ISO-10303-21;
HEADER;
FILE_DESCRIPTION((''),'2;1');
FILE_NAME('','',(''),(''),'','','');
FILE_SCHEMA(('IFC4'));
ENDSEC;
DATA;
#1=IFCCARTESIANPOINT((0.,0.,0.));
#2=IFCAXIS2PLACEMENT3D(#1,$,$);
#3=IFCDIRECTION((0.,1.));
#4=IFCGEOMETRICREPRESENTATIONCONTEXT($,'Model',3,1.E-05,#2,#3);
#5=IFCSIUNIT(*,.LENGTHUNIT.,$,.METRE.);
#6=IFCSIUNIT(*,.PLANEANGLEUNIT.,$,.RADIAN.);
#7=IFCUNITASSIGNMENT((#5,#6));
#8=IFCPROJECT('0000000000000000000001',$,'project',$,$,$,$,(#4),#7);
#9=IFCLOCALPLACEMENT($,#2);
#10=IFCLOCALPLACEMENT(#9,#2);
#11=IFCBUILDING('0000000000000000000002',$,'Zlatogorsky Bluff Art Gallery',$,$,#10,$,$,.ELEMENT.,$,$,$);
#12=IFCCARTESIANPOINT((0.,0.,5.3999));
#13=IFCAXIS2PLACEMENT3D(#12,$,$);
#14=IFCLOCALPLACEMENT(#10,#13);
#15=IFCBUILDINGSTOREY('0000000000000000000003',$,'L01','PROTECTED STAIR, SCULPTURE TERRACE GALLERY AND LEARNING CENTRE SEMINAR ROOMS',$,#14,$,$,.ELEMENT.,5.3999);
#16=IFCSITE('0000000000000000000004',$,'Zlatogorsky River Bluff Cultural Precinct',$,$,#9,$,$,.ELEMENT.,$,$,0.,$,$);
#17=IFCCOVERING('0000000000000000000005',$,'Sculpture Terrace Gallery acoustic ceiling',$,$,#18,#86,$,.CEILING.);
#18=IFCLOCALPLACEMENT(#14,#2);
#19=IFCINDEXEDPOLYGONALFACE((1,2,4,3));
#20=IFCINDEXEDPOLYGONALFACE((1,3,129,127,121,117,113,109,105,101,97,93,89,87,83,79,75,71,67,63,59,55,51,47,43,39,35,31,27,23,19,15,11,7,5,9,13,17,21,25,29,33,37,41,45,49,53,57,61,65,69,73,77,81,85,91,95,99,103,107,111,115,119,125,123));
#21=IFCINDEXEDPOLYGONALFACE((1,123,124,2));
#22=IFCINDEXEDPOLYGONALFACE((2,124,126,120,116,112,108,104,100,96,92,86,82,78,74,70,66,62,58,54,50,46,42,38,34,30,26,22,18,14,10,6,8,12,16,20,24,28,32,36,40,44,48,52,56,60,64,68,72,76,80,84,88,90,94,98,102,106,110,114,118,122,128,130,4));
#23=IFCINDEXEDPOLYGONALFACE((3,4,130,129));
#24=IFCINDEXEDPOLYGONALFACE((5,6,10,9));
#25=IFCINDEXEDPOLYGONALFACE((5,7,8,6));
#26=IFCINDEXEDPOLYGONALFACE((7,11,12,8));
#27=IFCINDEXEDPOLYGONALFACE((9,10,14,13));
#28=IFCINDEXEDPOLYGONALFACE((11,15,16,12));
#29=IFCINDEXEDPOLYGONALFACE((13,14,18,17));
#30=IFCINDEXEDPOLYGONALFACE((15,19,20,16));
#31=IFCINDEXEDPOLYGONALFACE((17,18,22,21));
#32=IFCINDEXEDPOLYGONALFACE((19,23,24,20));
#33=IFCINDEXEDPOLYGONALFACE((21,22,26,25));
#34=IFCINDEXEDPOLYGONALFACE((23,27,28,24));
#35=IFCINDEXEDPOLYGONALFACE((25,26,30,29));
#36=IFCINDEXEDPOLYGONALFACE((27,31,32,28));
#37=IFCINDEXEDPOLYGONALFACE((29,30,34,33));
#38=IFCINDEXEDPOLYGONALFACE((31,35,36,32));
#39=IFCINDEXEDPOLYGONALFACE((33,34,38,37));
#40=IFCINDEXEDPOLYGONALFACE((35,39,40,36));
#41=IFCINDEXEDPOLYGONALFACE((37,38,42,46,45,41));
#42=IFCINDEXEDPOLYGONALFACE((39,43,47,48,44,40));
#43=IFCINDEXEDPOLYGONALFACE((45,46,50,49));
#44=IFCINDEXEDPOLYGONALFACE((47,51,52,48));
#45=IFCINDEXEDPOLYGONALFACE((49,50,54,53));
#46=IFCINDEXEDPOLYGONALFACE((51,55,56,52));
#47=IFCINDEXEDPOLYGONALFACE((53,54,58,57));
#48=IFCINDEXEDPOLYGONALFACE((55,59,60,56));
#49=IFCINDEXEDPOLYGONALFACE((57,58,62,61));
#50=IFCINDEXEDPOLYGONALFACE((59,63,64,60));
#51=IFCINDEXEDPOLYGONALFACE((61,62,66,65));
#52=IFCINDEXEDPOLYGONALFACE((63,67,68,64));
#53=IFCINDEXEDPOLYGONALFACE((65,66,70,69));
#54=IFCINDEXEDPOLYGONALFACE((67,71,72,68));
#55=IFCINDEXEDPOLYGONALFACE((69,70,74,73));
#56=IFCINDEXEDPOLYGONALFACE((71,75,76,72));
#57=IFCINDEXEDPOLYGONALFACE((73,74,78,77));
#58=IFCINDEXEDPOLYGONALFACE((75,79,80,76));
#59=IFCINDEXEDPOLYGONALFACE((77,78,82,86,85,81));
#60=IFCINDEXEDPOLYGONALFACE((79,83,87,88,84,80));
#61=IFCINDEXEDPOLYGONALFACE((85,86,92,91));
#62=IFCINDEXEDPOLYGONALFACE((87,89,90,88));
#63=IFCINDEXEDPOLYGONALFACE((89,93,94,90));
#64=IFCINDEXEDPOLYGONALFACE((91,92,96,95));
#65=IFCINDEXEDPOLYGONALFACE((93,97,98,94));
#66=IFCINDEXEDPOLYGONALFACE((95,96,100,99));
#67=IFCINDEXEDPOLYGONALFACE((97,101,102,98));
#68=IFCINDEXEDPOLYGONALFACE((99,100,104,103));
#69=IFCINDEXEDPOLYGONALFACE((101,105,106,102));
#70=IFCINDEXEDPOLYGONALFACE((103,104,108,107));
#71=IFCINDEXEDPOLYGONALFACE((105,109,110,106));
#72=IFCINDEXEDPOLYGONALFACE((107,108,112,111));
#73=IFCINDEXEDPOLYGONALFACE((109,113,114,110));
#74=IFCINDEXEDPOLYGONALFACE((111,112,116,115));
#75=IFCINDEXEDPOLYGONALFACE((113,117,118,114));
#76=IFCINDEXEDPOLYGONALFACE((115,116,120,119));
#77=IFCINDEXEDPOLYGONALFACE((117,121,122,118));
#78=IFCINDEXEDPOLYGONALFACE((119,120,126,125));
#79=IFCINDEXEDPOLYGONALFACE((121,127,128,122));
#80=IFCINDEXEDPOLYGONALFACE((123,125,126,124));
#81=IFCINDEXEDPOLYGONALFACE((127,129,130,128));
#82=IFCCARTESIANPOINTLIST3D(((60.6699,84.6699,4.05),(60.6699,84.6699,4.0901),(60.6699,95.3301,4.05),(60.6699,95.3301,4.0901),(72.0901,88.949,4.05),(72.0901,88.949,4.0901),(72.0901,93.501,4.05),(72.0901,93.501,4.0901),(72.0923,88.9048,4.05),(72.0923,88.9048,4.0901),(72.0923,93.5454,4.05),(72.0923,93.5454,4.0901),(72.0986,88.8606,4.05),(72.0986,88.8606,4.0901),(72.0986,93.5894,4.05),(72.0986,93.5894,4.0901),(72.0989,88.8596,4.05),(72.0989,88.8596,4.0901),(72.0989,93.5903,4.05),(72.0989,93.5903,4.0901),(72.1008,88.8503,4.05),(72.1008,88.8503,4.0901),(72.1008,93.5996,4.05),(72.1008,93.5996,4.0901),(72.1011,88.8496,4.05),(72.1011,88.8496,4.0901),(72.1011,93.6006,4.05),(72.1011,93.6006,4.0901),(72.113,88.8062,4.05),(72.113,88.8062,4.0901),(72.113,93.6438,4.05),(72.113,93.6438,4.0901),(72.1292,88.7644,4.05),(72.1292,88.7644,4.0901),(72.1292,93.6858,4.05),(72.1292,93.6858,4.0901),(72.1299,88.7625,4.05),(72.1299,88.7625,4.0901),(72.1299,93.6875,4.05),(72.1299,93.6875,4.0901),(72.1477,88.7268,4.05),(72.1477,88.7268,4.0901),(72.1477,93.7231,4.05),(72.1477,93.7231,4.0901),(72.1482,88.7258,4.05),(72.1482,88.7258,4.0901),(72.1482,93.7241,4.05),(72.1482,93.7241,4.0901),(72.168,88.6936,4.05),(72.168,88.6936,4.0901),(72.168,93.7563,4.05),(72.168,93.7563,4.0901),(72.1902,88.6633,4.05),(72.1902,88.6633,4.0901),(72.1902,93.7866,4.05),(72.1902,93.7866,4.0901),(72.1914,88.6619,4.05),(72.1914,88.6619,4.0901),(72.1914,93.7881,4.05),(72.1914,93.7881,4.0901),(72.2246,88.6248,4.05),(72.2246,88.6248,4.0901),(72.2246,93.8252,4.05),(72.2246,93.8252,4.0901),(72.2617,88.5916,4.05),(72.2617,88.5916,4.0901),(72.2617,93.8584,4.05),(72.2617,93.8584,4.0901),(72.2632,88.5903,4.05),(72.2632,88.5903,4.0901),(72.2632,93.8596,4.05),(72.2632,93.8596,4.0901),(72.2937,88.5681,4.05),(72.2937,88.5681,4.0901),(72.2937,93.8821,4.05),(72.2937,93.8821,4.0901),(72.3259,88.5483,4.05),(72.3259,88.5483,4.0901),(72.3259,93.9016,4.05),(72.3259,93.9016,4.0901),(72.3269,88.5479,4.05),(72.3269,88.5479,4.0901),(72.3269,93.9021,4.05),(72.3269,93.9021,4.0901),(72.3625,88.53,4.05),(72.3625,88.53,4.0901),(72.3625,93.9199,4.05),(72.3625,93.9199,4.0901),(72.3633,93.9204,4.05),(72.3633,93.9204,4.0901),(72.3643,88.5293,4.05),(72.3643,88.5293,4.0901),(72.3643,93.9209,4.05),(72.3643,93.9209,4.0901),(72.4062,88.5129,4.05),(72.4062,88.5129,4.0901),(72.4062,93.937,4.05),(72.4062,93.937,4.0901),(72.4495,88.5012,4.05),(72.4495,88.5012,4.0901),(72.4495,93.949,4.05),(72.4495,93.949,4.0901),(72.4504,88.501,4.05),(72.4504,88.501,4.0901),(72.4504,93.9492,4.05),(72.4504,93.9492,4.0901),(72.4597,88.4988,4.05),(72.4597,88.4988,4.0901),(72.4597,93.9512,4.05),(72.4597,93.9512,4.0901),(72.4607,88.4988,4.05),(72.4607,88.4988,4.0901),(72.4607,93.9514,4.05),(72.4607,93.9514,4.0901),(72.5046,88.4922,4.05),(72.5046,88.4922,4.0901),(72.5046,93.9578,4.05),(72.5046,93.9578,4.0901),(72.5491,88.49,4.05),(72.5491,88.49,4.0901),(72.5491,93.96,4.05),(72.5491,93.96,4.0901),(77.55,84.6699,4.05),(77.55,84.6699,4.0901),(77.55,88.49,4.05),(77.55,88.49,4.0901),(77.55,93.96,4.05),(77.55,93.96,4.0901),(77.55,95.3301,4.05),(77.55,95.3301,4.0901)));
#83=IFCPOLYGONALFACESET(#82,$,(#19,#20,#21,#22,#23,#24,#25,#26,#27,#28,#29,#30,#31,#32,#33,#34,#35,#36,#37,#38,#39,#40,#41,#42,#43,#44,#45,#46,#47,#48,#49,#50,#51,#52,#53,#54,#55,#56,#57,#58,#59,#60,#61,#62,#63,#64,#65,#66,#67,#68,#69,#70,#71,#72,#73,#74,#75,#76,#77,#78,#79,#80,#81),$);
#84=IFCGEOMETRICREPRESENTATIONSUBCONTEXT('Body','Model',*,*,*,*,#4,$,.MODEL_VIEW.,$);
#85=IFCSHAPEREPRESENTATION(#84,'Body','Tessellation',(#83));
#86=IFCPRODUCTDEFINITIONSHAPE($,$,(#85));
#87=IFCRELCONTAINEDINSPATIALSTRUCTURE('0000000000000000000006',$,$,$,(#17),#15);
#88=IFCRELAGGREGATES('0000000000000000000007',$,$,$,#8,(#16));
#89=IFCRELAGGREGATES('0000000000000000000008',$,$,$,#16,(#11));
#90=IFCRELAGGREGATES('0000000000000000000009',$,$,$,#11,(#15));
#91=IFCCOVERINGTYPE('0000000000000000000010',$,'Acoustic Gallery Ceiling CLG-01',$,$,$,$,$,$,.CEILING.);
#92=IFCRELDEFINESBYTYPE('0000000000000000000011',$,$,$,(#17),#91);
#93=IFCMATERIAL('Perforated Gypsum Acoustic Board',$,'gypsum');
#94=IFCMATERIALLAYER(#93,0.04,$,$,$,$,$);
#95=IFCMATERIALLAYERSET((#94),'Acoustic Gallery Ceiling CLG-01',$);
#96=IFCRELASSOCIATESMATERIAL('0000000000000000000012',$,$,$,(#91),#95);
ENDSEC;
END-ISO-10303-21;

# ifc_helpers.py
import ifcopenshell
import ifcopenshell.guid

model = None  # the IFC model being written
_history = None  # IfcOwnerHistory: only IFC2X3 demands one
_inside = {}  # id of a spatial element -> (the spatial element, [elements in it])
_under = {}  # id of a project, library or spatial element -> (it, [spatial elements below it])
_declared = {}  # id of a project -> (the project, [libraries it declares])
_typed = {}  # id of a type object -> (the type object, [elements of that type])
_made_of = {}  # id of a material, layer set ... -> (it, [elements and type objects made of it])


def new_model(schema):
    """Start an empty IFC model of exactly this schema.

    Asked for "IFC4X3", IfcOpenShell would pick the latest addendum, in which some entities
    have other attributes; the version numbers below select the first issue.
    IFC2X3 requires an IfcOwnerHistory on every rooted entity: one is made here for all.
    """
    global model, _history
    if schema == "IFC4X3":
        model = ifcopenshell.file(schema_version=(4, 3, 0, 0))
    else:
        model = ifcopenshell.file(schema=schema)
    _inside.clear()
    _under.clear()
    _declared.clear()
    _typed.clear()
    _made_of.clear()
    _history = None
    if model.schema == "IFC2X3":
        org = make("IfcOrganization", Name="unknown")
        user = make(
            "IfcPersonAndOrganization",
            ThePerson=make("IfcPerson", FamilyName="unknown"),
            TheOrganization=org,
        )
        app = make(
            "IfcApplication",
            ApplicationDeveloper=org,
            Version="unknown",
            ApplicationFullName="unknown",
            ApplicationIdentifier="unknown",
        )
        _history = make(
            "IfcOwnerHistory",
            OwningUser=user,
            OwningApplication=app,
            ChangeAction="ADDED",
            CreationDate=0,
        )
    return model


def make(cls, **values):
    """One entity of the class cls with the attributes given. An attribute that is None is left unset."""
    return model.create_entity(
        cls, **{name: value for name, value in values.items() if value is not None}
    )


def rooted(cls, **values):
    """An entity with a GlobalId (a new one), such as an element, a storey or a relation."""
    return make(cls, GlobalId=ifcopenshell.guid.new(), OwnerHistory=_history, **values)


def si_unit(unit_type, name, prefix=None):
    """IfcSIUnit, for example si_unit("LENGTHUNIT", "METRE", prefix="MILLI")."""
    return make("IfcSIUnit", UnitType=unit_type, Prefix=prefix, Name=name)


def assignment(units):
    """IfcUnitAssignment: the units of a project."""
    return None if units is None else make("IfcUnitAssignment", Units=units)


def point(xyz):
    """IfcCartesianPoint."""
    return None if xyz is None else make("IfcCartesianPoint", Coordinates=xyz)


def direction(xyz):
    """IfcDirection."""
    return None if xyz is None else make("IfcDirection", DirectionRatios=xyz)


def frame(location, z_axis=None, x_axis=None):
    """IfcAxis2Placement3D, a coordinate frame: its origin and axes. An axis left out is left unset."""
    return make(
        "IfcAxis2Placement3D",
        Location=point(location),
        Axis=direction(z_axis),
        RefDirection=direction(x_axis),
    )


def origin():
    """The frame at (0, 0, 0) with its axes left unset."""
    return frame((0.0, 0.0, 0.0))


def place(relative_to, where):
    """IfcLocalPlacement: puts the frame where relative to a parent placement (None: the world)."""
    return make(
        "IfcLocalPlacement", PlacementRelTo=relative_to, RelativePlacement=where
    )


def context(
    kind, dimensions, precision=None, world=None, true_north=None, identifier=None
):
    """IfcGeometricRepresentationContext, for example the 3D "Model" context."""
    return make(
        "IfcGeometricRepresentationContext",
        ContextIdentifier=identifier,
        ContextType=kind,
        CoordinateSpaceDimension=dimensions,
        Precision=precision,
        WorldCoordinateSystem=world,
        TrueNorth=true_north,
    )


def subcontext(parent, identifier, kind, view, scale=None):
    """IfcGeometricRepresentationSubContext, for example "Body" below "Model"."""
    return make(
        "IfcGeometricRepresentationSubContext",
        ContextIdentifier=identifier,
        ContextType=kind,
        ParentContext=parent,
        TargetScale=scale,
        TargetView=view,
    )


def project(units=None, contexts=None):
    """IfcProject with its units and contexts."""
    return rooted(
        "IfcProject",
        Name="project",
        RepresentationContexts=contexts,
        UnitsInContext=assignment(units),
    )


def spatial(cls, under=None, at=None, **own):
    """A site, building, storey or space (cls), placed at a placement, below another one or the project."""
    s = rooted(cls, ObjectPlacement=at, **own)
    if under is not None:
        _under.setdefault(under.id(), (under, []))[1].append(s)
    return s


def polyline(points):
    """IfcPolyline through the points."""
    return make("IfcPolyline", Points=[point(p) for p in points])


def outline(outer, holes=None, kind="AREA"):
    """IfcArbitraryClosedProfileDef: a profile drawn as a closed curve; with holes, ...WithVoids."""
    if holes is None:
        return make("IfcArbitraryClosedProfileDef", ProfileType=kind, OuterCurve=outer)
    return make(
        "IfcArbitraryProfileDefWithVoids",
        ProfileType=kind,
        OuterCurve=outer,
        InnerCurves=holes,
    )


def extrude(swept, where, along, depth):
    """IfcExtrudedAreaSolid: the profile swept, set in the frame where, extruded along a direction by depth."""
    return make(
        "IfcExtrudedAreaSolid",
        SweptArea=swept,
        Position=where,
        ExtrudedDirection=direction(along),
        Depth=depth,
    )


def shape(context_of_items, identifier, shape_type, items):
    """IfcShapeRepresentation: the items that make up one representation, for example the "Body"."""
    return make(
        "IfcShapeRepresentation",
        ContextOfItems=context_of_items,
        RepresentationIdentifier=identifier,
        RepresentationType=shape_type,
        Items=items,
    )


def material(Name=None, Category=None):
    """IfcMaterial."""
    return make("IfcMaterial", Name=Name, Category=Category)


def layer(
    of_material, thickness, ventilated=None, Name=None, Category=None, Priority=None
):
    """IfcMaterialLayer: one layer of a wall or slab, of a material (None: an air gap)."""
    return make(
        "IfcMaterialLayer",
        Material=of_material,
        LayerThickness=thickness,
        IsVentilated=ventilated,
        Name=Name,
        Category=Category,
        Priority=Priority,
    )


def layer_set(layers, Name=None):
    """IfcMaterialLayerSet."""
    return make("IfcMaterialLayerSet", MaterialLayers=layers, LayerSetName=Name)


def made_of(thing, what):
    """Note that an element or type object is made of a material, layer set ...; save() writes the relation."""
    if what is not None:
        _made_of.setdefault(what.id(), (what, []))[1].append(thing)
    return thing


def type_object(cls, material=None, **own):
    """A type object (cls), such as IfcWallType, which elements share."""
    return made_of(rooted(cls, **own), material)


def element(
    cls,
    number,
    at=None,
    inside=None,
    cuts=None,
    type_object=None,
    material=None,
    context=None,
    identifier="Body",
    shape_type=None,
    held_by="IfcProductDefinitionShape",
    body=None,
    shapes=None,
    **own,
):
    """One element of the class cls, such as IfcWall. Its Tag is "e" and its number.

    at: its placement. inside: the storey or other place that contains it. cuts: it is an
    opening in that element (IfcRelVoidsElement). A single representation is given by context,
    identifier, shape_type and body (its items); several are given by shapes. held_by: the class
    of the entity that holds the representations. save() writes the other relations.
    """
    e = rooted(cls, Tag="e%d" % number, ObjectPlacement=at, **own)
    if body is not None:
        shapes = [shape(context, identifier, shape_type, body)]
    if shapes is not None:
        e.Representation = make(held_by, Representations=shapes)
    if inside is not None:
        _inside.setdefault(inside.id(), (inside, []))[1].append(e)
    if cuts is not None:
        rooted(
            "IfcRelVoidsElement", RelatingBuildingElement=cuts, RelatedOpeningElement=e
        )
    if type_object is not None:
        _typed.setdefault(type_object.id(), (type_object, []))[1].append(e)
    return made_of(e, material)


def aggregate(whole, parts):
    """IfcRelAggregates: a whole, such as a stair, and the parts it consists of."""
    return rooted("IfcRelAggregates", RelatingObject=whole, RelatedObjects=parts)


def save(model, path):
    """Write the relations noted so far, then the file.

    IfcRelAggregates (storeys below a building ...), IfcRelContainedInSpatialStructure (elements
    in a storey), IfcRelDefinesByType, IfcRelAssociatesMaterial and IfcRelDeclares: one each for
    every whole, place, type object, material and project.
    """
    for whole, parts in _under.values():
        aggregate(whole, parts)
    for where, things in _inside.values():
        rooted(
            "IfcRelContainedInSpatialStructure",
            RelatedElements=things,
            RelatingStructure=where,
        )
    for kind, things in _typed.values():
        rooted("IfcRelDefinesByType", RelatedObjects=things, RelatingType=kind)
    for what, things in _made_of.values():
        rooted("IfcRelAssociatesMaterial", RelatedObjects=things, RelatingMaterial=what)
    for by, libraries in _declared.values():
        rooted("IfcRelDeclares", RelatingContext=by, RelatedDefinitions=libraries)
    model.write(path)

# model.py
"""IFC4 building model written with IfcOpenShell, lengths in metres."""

from ifc_helpers import new_model, si_unit, direction, frame, origin, place, context, subcontext, project, spatial, polyline, outline, extrude, material, layer, layer_set, type_object, element, save


model = new_model("IFC4")

# Units and contexts
model_context = context("Model", 3, precision=1e-05, world=origin(), true_north=direction((0.0, 1.0)))
body_context = subcontext(model_context, "Body", "Model", "MODEL_VIEW")
ifc_project = project(units=[si_unit("LENGTHUNIT", "METRE"), si_unit("PLANEANGLEUNIT", "RADIAN")], contexts=[model_context])

# Site, building, storey
site_placement = place(None, origin())
site = spatial("IfcSite", under=ifc_project, at=site_placement, Name="Zlatogorsky River Bluff Cultural Precinct", CompositionType="ELEMENT", RefElevation=0.0)
building_placement = place(site_placement, origin())
building = spatial("IfcBuilding", under=site, at=building_placement, Name="Zlatogorsky Bluff Art Gallery", CompositionType="ELEMENT")
storey_placement = place(building_placement, frame((0.0, 0.0, 5.3999)))
storey = spatial("IfcBuildingStorey", under=building, at=storey_placement, Name="L01", Description="PROTECTED STAIR, SCULPTURE TERRACE GALLERY AND LEARNING CENTRE SEMINAR ROOMS", CompositionType="ELEMENT", Elevation=5.3999)

# Covering
ifc_material_1 = material(Name="Perforated Gypsum Acoustic Board", Category="gypsum")
ifc_layer_1 = layer(ifc_material_1, 0.04)
ifc_layer_set_1 = layer_set([ifc_layer_1], Name="Acoustic Gallery Ceiling CLG-01")
covering_type_1 = type_object("IfcCoveringType", Name="Acoustic Gallery Ceiling CLG-01", PredefinedType="CEILING", material=ifc_layer_set_1)
covering_1_placement = place(storey_placement, frame((0.0, 0.0, 4.05)))
element("IfcCovering", 1, at=covering_1_placement, inside=storey, type_object=covering_type_1, Name="Sculpture Terrace Gallery acoustic ceiling", PredefinedType="CEILING", context=body_context, shape_type="SweptSolid", body=[
    extrude(outline(polyline([(77.55, 93.96), (72.5491, 93.96), (72.5046, 93.9578), (72.4607, 93.9514), (72.4597, 93.9512), (72.4504, 93.9492), (72.4495, 93.949), (72.4062, 93.937), (72.3643, 93.9209), (72.3633, 93.9204), (72.3625, 93.9199), (72.3269, 93.9021), (72.3259, 93.9016), (72.2937, 93.8821), (72.2632, 93.8596), (72.2617, 93.8584), (72.2246, 93.8252), (72.1914, 93.7881), (72.1902, 93.7866), (72.168, 93.7563), (72.1482, 93.7241), (72.1477, 93.7231), (72.1299, 93.6875), (72.1292, 93.6858), (72.113, 93.6438), (72.1011, 93.6006), (72.1008, 93.5996), (72.0989, 93.5903), (72.0986, 93.5894), (72.0923, 93.5454), (72.0901, 93.501), (72.0901, 88.949), (72.0923, 88.9048), (72.0986, 88.8606), (72.0989, 88.8596), (72.1008, 88.8503), (72.1011, 88.8496), (72.113, 88.8062), (72.1292, 88.7644), (72.1299, 88.7625), (72.1477, 88.7268), (72.1482, 88.7258), (72.168, 88.6936), (72.1902, 88.6633), (72.1914, 88.6619), (72.2246, 88.6248), (72.2617, 88.5916), (72.2632, 88.5903), (72.2937, 88.5681), (72.3259, 88.5483), (72.3269, 88.5479), (72.3625, 88.53), (72.3643, 88.5293), (72.4062, 88.5129), (72.4495, 88.5012), (72.4504, 88.501), (72.4597, 88.4988), (72.4607, 88.4988), (72.5046, 88.4922), (72.5491, 88.49), (77.55, 88.49), (77.55, 84.6699), (60.6699, 84.6699), (60.6699, 95.3301), (77.55, 95.3301), (77.55, 93.96)])), origin(), (0.0, 0.0, 1.0), 0.04),
])

save(model, "model.ifc")
